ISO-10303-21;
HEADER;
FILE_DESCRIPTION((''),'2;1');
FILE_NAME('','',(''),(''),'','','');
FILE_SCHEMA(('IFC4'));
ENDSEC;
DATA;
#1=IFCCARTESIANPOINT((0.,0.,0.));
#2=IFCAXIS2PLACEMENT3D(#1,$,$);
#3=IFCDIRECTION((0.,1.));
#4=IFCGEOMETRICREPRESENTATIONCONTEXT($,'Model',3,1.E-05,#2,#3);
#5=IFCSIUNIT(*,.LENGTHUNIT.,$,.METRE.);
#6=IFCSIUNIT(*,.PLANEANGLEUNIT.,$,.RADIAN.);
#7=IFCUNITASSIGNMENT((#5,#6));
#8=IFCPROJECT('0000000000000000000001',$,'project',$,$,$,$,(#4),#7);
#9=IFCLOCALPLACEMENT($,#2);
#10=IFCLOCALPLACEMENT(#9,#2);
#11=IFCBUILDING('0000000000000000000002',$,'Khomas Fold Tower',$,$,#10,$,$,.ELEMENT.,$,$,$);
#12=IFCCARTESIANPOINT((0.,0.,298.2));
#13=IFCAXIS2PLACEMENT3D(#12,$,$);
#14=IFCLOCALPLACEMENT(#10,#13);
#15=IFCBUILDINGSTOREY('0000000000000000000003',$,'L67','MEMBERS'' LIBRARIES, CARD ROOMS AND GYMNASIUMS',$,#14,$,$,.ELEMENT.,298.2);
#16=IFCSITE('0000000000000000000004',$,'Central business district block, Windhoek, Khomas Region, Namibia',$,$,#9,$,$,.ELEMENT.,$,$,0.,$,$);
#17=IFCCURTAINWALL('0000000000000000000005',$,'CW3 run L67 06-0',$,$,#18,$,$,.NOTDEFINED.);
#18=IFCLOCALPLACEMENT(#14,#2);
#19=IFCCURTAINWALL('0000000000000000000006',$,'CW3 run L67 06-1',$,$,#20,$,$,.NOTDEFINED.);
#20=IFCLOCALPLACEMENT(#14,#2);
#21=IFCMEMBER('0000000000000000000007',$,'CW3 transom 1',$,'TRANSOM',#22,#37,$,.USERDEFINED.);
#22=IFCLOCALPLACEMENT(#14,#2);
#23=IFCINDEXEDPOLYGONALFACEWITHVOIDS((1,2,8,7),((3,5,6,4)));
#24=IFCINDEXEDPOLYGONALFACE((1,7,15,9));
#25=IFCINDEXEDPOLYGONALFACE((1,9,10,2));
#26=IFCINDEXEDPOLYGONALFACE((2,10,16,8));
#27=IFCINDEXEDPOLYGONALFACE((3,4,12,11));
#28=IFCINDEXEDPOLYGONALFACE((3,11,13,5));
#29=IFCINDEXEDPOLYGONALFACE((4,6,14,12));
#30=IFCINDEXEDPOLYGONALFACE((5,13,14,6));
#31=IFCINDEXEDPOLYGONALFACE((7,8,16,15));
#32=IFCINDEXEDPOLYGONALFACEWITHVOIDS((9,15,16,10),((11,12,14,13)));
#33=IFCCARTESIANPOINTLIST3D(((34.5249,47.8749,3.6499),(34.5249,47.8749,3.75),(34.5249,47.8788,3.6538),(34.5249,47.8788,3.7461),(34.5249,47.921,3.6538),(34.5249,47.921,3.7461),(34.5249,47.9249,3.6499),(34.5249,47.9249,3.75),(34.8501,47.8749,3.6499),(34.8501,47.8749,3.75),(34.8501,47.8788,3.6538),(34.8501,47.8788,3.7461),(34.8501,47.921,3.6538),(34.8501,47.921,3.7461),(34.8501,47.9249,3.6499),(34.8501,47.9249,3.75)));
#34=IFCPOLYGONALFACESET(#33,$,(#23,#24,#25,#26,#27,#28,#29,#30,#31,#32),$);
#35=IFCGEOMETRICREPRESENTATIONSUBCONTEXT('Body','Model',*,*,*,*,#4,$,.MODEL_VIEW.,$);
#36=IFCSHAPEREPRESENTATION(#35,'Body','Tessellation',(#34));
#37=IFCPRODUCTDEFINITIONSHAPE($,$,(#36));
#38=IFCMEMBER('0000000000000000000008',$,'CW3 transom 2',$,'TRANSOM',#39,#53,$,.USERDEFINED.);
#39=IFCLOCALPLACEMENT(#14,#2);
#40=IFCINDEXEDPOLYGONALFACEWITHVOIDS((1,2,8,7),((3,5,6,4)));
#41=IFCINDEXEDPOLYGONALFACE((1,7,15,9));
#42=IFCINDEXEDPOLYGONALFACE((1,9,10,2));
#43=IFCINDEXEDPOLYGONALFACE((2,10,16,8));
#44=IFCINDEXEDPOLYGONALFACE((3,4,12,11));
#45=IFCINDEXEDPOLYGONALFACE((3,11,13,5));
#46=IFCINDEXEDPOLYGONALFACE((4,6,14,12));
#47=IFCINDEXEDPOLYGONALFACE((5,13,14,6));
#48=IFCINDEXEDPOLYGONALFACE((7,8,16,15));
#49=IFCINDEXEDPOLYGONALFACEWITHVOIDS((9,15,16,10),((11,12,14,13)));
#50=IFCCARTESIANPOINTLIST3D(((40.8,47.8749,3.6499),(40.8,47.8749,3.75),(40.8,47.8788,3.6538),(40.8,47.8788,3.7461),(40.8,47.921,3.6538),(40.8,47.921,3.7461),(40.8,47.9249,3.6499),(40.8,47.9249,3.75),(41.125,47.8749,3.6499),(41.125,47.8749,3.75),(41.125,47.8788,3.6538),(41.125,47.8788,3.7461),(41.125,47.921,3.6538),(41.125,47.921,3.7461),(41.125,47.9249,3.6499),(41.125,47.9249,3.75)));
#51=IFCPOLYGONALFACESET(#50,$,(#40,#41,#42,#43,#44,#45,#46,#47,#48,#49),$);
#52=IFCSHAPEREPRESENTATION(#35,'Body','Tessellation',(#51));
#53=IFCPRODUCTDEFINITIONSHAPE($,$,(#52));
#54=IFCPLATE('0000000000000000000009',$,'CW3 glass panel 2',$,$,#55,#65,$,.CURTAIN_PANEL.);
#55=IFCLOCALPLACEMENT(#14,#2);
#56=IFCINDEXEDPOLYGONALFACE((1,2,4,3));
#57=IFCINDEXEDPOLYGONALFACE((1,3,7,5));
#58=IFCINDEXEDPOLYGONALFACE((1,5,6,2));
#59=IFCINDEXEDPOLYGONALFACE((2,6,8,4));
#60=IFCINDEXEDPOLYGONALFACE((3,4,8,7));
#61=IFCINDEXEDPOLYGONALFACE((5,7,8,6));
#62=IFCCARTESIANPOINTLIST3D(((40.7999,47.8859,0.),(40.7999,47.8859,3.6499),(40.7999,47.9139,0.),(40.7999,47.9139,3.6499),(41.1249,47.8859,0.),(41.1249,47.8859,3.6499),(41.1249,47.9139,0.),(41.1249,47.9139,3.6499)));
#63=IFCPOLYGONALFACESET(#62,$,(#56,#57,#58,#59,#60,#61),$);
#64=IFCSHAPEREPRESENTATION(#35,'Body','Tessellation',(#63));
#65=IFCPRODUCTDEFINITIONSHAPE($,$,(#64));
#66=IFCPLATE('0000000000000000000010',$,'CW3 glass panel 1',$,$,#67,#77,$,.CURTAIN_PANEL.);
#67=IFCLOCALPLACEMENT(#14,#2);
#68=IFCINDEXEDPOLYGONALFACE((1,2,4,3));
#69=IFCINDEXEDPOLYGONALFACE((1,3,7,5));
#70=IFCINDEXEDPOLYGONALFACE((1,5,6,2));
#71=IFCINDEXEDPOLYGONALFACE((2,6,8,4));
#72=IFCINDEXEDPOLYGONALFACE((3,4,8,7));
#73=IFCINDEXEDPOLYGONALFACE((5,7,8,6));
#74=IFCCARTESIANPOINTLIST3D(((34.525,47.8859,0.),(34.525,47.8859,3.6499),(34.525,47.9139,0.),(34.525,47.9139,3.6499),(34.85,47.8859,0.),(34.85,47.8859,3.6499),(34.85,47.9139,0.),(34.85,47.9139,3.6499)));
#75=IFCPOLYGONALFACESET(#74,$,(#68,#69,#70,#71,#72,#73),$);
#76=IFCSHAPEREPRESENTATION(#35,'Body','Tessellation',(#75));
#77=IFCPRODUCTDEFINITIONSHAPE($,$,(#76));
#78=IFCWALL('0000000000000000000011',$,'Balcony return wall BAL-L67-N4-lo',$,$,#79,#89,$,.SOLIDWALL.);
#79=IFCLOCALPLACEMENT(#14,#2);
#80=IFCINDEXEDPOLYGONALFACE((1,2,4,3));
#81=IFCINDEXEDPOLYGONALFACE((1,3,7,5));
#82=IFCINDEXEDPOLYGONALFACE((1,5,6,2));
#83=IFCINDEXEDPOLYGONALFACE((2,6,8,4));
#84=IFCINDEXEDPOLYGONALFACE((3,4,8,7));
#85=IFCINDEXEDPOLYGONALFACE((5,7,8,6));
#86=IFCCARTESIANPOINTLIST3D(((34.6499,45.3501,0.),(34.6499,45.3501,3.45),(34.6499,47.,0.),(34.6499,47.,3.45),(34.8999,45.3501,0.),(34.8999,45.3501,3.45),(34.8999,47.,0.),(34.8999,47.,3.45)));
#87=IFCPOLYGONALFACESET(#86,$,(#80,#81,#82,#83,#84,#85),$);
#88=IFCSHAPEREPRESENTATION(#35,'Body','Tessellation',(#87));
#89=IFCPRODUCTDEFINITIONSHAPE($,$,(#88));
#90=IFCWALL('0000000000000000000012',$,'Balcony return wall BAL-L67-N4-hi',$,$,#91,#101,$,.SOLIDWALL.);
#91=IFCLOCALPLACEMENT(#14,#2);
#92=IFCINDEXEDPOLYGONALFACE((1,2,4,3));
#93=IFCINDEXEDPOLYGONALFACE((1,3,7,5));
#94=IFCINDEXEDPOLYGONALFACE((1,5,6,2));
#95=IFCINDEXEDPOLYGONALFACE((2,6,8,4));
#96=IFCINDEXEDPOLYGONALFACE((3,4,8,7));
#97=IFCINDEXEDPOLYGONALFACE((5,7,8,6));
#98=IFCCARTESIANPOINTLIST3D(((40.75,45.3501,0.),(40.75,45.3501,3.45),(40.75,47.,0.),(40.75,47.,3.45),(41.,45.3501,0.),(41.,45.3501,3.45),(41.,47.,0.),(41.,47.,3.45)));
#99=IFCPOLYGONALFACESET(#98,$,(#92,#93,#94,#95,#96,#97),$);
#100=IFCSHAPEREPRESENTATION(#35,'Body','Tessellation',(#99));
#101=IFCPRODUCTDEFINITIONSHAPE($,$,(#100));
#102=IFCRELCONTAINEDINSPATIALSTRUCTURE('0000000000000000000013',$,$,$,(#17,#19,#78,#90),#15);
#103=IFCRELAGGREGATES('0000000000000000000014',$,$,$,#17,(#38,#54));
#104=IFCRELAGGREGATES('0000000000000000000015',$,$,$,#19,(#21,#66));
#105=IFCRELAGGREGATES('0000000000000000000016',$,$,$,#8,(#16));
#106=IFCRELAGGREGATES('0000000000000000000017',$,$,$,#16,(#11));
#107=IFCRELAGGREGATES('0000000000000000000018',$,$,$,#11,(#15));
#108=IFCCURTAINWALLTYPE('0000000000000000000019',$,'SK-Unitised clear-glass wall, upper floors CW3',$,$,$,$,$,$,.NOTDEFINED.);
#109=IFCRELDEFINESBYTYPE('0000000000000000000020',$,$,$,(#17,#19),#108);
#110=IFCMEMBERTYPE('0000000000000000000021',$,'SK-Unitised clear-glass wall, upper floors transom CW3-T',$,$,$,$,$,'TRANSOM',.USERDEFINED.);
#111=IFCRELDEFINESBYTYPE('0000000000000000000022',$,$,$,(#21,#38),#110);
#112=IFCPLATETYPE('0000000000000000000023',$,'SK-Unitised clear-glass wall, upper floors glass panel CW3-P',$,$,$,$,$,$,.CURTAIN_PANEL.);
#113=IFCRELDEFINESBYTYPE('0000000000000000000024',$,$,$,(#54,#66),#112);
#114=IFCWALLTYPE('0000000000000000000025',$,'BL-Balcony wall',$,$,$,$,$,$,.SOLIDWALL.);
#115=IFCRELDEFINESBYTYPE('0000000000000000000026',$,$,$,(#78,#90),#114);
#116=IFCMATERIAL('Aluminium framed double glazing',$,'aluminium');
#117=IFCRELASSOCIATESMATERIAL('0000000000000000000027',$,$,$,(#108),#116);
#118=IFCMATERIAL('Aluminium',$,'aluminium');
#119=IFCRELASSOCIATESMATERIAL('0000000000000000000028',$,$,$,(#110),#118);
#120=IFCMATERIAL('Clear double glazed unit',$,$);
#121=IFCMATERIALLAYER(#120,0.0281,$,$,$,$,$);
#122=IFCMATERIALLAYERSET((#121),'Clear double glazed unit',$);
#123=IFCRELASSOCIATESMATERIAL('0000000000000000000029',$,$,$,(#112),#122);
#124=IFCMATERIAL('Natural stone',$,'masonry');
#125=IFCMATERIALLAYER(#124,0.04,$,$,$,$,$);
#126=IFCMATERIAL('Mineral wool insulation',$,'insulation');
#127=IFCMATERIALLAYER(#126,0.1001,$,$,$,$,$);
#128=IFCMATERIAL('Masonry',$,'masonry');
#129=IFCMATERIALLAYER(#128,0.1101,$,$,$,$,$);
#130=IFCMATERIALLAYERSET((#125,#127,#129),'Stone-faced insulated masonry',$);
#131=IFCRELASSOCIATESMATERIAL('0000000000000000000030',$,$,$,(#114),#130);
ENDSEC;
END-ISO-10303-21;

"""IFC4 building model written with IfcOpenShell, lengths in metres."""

from ifc_helpers import new_model, si_unit, direction, frame, frame_2d, origin, origin_2d, place, context, subcontext, project, spatial, rectangle, hollow_rectangle, extrude, source, transform, mapped, material, layer, layer_set, material_profile, profile_set, type_object, element, aggregate, save


model = new_model("IFC4")

# Units and contexts
model_context = context("Model", 3, precision=1e-05, world=origin(), true_north=direction((0.0, 1.0)))
body_context = subcontext(model_context, "Body", "Model", "MODEL_VIEW")
ifc_project = project(units=[si_unit("LENGTHUNIT", "METRE"), si_unit("PLANEANGLEUNIT", "RADIAN")], contexts=[model_context])

# Site, building, storey
site_placement = place(None, origin())
site = spatial("IfcSite", under=ifc_project, at=site_placement, Name="Central business district block, Windhoek, Khomas Region, Namibia", CompositionType="ELEMENT", RefElevation=0.0)
building_placement = place(site_placement, origin())
building = spatial("IfcBuilding", under=site, at=building_placement, Name="Khomas Fold Tower", CompositionType="ELEMENT")
storey_placement = place(building_placement, frame((0.0, 0.0, 298.2)))
storey = spatial("IfcBuildingStorey", under=building, at=storey_placement, Name="L67", Description="MEMBERS' LIBRARIES, CARD ROOMS AND GYMNASIUMS", CompositionType="ELEMENT", Elevation=298.2)

# Curtain wall
ifc_material_1 = material(Name="Aluminium framed double glazing", Category="aluminium")
curtain_wall_type = type_object("IfcCurtainWallType", Name="SK-Unitised clear-glass wall, upper floors CW3", PredefinedType="NOTDEFINED", material=ifc_material_1)
curtain_wall_1_placement = place(storey_placement, origin())
curtain_wall_1 = element("IfcCurtainWall", 1, at=curtain_wall_1_placement, inside=storey, type_object=curtain_wall_type, Name="CW3 run L67 06-0", PredefinedType="NOTDEFINED")

# Curtain wall, member
curtain_wall_2_placement = place(storey_placement, origin())
curtain_wall_2 = element("IfcCurtainWall", 2, at=curtain_wall_2_placement, inside=storey, type_object=curtain_wall_type, Name="CW3 run L67 06-1", PredefinedType="NOTDEFINED")
ifc_material_2 = material(Name="Aluminium", Category="aluminium")
ifc_material_profile_1 = material_profile(ifc_material_2, hollow_rectangle(XDim=0.05, YDim=0.1001, WallThickness=0.0039, at=origin_2d()), Name="SK-Unitised clear-glass wall, upper floors transom CW3-T")
ifc_profile_set_1 = profile_set([ifc_material_profile_1], Name="Aluminium")
member_type_1 = type_object("IfcMemberType", Name="SK-Unitised clear-glass wall, upper floors transom CW3-T", ElementType="TRANSOM", PredefinedType="USERDEFINED", material=ifc_profile_set_1)
shared_shape_1 = source(origin(), body_context, "Body", "SweptSolid", [
    extrude(hollow_rectangle(XDim=0.05, YDim=0.1001, WallThickness=0.0039, at=origin_2d()), origin(), (0.0, 0.0, 1.0), 0.3252),
])
member_1_placement = place(storey_placement, frame((34.8501, 47.8999, 3.7), z_axis=(-1.0, 0.0, 0.0), x_axis=(0.0, -1.0, 0.0)))
member_1 = element("IfcMember", 3, at=member_1_placement, type_object=member_type_1, Name="CW3 transom 1", ObjectType="TRANSOM", PredefinedType="USERDEFINED", context=body_context, shape_type="MappedRepresentation", body=[
    mapped(shared_shape_1, transform((0.0, 0.0, 0.0))),
])

# Member
shared_shape_2 = source(origin(), body_context, "Body", "SweptSolid", [
    extrude(hollow_rectangle(XDim=0.05, YDim=0.1001, WallThickness=0.0039, at=origin_2d()), origin(), (0.0, 0.0, 1.0), 0.325),
])
member_2_placement = place(storey_placement, frame((41.125, 47.8999, 3.7), z_axis=(-1.0, 0.0, 0.0), x_axis=(0.0, -1.0, 0.0)))
member_2 = element("IfcMember", 4, at=member_2_placement, type_object=member_type_1, Name="CW3 transom 2", ObjectType="TRANSOM", PredefinedType="USERDEFINED", context=body_context, shape_type="MappedRepresentation", body=[
    mapped(shared_shape_2, transform((0.0, 0.0, 0.0))),
])

# Plates
ifc_material_3 = material(Name="Clear double glazed unit")
ifc_layer_1 = layer(ifc_material_3, 0.0281)
ifc_layer_set_1 = layer_set([ifc_layer_1], Name="Clear double glazed unit")
plate_type = type_object("IfcPlateType", Name="SK-Unitised clear-glass wall, upper floors glass panel CW3-P", PredefinedType="CURTAIN_PANEL", material=ifc_layer_set_1)
shared_shape_3 = source(origin(), body_context, "Body", "SweptSolid", [
    extrude(rectangle(XDim=0.325, YDim=0.0281, at=origin_2d()), origin(), (0.0, 0.0, 1.0), 3.6499),
])
plate_1_placement = place(storey_placement, frame((40.9624, 47.8999, 0.0), z_axis=(0.0, 0.0, 1.0), x_axis=(-1.0, 0.0, 0.0)))
plate_1 = element("IfcPlate", 5, at=plate_1_placement, type_object=plate_type, Name="CW3 glass panel 2", PredefinedType="CURTAIN_PANEL", context=body_context, shape_type="MappedRepresentation", body=[
    mapped(shared_shape_3, transform((0.0, 0.0, 0.0))),
])
aggregate(curtain_wall_1, [member_2, plate_1])
plate_2_placement = place(storey_placement, frame((34.6875, 47.8999, 0.0), z_axis=(0.0, 0.0, 1.0), x_axis=(-1.0, 0.0, 0.0)))
plate_2 = element("IfcPlate", 6, at=plate_2_placement, type_object=plate_type, Name="CW3 glass panel 1", PredefinedType="CURTAIN_PANEL", context=body_context, shape_type="MappedRepresentation", body=[
    mapped(shared_shape_3, transform((0.0, 0.0, 0.0))),
])
aggregate(curtain_wall_2, [member_1, plate_2])

# Shared definitions
ifc_material_4 = material(Name="Natural stone", Category="masonry")
ifc_layer_2 = layer(ifc_material_4, 0.04)
ifc_material_5 = material(Name="Mineral wool insulation", Category="insulation")
ifc_layer_3 = layer(ifc_material_5, 0.1001)
ifc_material_6 = material(Name="Masonry", Category="masonry")
ifc_layer_4 = layer(ifc_material_6, 0.1101)
ifc_layer_set_2 = layer_set([ifc_layer_2, ifc_layer_3, ifc_layer_4], Name="Stone-faced insulated masonry")
wall_type = type_object("IfcWallType", Name="BL-Balcony wall", PredefinedType="SOLIDWALL", material=ifc_layer_set_2)

# Walls
shared_shape_4 = source(origin(), body_context, "Body", "SweptSolid", [
    extrude(rectangle(XDim=1.6499, YDim=0.25, at=frame_2d((0.825, 0.0))), origin(), (0.0, 0.0, 1.0), 3.45),
])
for number, where, z_axis, x_axis, name in (
    (7, (34.7749, 47.0, 0.0), (0.0, 0.0, 1.0), (0.0, -1.0, 0.0), "Balcony return wall BAL-L67-N4-lo"),
    (8, (40.875, 47.0, 0.0), (0.0, 0.0, 1.0), (0.0, -1.0, 0.0), "Balcony return wall BAL-L67-N4-hi"),
):
    element("IfcWall", number, at=place(storey_placement, frame(where, z_axis=z_axis, x_axis=x_axis)), inside=storey, type_object=wall_type, Name=name, PredefinedType="SOLIDWALL", context=body_context, shape_type="MappedRepresentation", body=[
        mapped(shared_shape_4, transform((0.0, 0.0, 0.0))),
    ])

save(model, "model.ifc")
